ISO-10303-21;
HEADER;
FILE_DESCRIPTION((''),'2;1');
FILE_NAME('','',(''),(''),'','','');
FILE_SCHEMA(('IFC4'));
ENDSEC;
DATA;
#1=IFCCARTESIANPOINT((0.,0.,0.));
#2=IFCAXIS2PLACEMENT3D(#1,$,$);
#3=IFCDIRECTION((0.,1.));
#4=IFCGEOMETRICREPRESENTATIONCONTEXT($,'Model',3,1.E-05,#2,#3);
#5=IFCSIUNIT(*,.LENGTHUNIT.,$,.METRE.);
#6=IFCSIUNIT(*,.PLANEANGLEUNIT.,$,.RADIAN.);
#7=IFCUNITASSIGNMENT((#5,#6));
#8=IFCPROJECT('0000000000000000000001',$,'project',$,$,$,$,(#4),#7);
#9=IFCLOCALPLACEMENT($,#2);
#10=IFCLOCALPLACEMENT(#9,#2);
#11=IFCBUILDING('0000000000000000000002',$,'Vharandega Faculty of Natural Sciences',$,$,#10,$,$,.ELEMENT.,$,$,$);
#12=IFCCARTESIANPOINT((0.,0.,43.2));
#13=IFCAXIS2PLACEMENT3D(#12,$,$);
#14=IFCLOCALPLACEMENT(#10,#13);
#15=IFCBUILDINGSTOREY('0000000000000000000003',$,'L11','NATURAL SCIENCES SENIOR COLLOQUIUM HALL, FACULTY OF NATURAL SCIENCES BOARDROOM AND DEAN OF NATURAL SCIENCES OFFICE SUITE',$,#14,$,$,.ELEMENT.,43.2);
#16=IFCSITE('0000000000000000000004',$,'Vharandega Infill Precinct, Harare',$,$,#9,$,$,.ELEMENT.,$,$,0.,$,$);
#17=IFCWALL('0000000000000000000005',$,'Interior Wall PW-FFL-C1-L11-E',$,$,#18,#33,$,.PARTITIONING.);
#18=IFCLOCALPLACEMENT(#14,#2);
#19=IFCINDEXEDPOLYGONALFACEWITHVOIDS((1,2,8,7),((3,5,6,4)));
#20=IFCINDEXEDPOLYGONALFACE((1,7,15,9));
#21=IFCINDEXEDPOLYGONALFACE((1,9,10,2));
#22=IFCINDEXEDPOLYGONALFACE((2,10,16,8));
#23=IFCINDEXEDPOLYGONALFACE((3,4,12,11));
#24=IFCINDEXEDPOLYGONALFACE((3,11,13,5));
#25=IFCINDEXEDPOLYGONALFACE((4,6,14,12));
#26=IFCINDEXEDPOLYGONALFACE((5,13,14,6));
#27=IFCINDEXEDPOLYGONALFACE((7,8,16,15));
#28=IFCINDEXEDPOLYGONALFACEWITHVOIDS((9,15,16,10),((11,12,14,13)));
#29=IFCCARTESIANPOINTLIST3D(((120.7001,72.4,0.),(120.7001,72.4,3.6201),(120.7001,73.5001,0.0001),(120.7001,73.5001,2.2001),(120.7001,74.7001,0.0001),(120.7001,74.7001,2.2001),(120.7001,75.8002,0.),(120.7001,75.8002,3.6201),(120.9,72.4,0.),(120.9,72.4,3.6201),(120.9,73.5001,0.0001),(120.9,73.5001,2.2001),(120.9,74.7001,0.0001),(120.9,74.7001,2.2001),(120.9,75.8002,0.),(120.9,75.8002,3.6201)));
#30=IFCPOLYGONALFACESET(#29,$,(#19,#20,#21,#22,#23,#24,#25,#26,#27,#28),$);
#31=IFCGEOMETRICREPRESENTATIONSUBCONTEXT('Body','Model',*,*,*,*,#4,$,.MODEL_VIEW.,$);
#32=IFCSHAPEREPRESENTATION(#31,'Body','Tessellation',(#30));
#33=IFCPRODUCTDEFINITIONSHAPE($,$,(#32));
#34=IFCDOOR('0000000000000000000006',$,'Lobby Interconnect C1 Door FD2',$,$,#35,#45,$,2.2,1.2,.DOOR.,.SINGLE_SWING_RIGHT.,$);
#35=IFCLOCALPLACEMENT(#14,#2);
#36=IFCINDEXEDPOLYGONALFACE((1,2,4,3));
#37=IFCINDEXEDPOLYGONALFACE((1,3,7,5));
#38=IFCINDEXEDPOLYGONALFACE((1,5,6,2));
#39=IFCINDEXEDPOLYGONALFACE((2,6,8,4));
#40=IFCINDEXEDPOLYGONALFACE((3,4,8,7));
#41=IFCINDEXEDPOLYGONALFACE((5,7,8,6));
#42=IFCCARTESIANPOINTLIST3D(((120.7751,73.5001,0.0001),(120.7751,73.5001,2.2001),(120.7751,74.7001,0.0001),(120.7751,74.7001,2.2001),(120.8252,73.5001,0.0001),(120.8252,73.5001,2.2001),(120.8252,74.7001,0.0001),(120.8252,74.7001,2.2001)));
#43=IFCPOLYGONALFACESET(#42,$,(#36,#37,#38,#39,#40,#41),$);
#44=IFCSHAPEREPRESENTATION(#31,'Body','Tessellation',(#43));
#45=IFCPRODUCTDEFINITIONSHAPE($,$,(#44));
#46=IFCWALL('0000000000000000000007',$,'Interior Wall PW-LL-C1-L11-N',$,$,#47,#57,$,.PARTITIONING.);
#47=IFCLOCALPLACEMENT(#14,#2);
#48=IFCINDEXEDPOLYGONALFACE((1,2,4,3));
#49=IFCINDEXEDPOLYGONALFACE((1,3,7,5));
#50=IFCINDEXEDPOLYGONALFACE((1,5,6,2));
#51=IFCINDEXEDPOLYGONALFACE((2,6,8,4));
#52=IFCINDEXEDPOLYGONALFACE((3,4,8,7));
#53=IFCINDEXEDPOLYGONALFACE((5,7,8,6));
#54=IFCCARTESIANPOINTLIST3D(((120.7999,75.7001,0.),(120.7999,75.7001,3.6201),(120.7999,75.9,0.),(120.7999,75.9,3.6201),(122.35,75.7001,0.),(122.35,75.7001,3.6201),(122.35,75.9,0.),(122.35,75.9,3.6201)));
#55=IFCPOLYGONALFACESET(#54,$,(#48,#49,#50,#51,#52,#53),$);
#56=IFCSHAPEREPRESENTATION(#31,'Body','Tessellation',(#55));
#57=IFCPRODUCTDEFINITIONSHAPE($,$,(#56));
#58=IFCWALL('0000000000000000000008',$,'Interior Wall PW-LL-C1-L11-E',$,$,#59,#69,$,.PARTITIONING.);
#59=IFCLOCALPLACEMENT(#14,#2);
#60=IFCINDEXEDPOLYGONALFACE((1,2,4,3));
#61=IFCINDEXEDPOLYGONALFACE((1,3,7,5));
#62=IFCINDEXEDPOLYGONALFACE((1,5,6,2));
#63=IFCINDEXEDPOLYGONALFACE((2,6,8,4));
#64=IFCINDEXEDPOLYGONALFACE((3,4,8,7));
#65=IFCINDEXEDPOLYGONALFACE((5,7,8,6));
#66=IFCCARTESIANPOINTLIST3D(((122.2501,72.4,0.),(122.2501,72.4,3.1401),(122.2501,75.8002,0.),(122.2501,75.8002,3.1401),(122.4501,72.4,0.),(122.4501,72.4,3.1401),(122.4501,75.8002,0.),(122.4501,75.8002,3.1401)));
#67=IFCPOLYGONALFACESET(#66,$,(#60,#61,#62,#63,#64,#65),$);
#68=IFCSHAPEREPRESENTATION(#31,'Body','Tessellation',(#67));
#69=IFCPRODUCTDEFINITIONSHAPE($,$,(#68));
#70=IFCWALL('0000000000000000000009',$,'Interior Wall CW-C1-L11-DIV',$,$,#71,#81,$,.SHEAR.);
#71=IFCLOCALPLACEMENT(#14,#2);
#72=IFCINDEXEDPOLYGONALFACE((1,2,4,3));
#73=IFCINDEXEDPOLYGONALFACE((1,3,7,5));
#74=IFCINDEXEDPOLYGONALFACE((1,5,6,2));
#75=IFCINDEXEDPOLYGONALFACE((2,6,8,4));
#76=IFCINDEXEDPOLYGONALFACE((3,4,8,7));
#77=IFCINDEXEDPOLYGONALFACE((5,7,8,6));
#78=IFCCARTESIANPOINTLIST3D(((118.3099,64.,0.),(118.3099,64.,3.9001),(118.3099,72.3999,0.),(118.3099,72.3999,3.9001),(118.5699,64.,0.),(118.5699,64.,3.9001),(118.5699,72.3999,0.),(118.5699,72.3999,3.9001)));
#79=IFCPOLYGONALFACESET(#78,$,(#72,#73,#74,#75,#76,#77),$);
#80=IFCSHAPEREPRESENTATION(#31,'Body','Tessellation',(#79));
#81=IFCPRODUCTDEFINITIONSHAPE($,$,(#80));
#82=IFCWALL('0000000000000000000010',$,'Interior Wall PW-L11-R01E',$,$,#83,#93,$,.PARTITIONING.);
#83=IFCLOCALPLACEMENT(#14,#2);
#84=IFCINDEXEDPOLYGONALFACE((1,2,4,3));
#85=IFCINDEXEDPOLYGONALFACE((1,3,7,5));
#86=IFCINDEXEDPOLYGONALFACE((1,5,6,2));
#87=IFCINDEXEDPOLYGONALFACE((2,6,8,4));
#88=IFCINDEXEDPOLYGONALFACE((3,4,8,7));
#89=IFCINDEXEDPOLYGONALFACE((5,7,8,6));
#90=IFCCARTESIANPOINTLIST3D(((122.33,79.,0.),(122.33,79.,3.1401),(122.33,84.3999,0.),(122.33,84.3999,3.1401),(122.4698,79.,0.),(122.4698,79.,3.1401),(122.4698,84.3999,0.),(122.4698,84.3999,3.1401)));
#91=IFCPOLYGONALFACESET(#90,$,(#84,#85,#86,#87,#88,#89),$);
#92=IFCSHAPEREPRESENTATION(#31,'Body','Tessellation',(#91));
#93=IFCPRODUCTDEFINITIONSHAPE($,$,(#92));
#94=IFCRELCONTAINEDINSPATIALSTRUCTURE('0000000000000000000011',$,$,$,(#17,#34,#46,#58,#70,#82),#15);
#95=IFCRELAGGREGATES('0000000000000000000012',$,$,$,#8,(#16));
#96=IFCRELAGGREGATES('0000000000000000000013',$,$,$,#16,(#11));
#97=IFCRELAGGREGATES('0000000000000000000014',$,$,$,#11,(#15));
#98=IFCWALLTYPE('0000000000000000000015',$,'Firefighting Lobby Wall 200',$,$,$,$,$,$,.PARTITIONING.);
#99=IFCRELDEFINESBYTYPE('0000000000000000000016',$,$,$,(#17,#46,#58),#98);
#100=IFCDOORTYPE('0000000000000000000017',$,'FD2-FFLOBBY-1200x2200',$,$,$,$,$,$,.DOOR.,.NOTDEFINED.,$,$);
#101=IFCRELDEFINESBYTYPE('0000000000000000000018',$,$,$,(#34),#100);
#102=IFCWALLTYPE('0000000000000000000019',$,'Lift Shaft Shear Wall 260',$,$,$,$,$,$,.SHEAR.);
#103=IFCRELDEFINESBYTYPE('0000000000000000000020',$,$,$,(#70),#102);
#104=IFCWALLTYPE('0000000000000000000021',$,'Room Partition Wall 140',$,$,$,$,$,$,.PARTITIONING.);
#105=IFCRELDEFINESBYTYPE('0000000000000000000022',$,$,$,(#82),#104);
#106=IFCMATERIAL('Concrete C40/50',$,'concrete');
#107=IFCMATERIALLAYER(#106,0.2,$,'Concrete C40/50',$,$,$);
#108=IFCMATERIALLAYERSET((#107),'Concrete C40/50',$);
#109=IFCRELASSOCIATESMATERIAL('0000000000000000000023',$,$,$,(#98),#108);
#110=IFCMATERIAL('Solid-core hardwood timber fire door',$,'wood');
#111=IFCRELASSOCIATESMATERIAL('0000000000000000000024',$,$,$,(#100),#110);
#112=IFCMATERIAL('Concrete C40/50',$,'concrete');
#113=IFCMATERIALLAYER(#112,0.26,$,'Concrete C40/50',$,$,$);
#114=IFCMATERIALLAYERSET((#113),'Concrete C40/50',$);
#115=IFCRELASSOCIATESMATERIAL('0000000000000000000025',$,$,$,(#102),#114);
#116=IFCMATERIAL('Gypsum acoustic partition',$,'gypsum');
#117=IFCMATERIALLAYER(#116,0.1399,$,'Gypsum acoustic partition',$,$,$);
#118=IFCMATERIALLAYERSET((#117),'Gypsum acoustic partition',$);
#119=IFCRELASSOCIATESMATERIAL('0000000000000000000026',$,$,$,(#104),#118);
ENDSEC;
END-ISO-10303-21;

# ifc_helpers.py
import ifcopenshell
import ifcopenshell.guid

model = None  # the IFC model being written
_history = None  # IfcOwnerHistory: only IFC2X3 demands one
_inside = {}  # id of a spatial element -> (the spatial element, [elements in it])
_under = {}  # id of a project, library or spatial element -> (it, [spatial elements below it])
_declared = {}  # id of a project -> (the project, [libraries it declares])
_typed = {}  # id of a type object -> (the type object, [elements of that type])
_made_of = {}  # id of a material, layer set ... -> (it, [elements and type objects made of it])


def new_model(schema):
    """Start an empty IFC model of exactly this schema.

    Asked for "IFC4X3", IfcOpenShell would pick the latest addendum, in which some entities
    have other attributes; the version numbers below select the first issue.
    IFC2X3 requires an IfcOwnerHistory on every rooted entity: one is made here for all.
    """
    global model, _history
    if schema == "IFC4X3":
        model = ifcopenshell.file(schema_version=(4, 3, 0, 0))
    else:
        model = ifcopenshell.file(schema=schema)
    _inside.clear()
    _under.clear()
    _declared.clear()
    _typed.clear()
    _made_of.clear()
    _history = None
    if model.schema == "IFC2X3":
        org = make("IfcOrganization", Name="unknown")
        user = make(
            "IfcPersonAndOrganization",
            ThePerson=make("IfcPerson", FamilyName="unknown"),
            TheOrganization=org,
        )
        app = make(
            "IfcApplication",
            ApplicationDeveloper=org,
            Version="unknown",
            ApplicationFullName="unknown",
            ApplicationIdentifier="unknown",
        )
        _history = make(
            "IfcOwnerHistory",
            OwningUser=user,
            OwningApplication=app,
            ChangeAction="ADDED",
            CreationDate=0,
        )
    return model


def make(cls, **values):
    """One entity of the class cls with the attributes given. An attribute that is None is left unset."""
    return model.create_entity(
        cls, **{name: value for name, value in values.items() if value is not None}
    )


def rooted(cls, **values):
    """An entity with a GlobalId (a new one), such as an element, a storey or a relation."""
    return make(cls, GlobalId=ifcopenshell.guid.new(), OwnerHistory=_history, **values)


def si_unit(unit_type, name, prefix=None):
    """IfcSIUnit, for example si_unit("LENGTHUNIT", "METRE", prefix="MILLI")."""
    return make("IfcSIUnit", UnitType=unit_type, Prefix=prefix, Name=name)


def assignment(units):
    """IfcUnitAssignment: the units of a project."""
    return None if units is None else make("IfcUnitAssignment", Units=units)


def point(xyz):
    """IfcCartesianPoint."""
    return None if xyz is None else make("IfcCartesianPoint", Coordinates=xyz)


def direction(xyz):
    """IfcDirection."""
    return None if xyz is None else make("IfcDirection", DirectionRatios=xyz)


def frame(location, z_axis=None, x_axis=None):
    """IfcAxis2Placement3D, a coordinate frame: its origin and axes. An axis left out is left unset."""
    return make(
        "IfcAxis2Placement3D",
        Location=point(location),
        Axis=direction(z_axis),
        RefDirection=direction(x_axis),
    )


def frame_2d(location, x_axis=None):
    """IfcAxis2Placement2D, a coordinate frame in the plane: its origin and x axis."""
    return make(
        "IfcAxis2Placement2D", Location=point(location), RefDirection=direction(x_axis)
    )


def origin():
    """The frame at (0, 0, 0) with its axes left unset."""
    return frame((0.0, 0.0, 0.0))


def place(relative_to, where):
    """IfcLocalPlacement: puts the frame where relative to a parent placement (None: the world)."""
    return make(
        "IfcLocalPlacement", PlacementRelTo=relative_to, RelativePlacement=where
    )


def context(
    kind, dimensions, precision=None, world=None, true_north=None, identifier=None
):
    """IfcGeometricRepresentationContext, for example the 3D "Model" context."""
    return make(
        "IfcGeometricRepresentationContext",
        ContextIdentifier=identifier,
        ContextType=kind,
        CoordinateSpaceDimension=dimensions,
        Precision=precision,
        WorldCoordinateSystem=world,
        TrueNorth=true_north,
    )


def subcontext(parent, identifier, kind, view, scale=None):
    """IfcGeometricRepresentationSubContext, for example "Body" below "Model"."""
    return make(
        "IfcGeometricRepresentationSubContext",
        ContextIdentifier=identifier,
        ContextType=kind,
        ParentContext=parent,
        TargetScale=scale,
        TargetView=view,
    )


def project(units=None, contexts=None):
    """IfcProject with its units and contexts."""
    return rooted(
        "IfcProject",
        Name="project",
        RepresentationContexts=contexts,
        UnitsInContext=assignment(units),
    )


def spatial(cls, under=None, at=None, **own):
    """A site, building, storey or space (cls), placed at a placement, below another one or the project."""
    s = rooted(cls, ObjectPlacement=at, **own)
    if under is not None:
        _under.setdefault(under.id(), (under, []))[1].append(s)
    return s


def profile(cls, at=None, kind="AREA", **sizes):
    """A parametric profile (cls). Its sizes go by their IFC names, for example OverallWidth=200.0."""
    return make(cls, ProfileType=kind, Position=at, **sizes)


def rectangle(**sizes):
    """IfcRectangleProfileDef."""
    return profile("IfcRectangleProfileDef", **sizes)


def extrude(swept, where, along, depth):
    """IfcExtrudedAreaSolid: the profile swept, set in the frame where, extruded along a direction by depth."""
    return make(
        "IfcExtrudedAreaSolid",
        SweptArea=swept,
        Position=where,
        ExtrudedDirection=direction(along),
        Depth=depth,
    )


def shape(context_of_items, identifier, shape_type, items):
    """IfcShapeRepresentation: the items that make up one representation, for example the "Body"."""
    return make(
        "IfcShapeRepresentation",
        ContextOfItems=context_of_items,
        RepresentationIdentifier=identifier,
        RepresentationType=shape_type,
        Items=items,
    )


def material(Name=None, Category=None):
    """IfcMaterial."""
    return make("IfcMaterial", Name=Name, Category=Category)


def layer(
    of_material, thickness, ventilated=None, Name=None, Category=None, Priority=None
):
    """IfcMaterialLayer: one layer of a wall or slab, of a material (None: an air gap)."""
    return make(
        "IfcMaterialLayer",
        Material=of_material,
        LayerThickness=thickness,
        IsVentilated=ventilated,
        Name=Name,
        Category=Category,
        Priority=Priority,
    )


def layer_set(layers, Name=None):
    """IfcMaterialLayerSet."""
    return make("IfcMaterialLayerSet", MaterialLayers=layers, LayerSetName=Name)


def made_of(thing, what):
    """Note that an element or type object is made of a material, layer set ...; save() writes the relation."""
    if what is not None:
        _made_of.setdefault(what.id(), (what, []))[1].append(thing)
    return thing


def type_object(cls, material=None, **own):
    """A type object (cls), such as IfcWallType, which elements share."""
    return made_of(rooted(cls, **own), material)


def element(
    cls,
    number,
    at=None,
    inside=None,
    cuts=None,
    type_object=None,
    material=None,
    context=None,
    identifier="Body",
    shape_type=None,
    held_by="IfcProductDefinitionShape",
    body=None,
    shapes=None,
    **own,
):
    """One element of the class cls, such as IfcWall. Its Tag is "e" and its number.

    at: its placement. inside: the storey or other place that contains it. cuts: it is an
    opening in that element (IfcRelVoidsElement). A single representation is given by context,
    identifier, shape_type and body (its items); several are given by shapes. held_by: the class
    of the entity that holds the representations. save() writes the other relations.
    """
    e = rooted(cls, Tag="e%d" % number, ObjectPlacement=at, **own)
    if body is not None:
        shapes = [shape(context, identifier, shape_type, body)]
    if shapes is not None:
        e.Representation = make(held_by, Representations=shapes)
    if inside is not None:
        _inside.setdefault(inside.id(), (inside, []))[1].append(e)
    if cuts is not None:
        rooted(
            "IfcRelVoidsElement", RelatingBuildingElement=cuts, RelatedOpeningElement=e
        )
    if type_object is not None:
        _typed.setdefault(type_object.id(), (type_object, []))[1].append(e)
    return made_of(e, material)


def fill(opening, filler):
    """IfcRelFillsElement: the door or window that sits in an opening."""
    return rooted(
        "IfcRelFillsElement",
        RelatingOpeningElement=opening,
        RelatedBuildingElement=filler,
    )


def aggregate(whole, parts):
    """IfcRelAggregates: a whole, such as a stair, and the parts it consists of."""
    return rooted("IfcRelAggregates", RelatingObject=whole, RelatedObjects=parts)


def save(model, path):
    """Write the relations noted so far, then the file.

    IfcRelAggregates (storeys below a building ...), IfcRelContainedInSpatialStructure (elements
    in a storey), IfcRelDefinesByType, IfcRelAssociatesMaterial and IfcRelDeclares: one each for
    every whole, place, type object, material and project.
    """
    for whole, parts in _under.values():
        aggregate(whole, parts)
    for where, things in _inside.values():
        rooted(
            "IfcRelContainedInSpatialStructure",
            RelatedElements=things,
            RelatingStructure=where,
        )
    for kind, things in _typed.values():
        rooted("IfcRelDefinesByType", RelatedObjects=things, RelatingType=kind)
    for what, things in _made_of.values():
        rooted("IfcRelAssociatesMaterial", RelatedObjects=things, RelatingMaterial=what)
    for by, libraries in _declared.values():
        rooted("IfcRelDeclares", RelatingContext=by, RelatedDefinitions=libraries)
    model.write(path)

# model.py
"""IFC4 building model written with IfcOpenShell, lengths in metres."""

from ifc_helpers import new_model, si_unit, direction, frame, frame_2d, origin, place, context, subcontext, project, spatial, rectangle, extrude, material, layer, layer_set, type_object, element, fill, save


model = new_model("IFC4")

# Units and contexts
model_context = context("Model", 3, precision=1e-05, world=origin(), true_north=direction((0.0, 1.0)))
body_context = subcontext(model_context, "Body", "Model", "MODEL_VIEW")
ifc_project = project(units=[si_unit("LENGTHUNIT", "METRE"), si_unit("PLANEANGLEUNIT", "RADIAN")], contexts=[model_context])

# Site, building, storey
site_placement = place(None, origin())
site = spatial("IfcSite", under=ifc_project, at=site_placement, Name="Vharandega Infill Precinct, Harare", CompositionType="ELEMENT", RefElevation=0.0)
building_placement = place(site_placement, origin())
building = spatial("IfcBuilding", under=site, at=building_placement, Name="Vharandega Faculty of Natural Sciences", CompositionType="ELEMENT")
storey_placement = place(building_placement, frame((0.0, 0.0, 43.2)))
storey = spatial("IfcBuildingStorey", under=building, at=storey_placement, Name="L11", Description="NATURAL SCIENCES SENIOR COLLOQUIUM HALL, FACULTY OF NATURAL SCIENCES BOARDROOM AND DEAN OF NATURAL SCIENCES OFFICE SUITE", CompositionType="ELEMENT", Elevation=43.2)

# Wall, opening, door
ifc_material_1 = material(Name="Concrete C40/50", Category="concrete")
ifc_layer_1 = layer(ifc_material_1, 0.2, Name="Concrete C40/50")
ifc_layer_set_1 = layer_set([ifc_layer_1], Name="Concrete C40/50")
wall_type_1 = type_object("IfcWallType", Name="Firefighting Lobby Wall 200", PredefinedType="PARTITIONING", material=ifc_layer_set_1)
wall_1_placement = place(storey_placement, frame((120.8, 72.3999, 0.0), z_axis=(0.0, 0.0, 1.0), x_axis=(0.0, 1.0, 0.0)))
wall_1 = element("IfcWall", 1, at=wall_1_placement, inside=storey, type_object=wall_type_1, Name="Interior Wall PW-FFL-C1-L11-E", PredefinedType="PARTITIONING", context=body_context, shape_type="SweptSolid", body=[
    extrude(rectangle(XDim=3.4001, YDim=0.2, at=frame_2d((1.7002, 0.0))), origin(), (0.0, 0.0, 1.0), 3.6201),
])
opening_placement = place(wall_1_placement, frame((1.1001, 0.0, 0.0)))
opening = element("IfcOpeningElement", 2, at=opening_placement, cuts=wall_1, PredefinedType="OPENING", context=body_context, shape_type="SweptSolid", body=[
    extrude(rectangle(XDim=1.2, YDim=2.2, at=frame_2d((0.6001, 1.1001))), frame((0.0, 0.1099, 0.0), z_axis=(0.0, -1.0, 0.0), x_axis=(1.0, 0.0, 0.0)), (0.0, 0.0, 1.0), 0.22),
])
ifc_material_2 = material(Name="Solid-core hardwood timber fire door", Category="wood")
door_type = type_object("IfcDoorType", Name="FD2-FFLOBBY-1200x2200", OperationType="NOTDEFINED", PredefinedType="DOOR", material=ifc_material_2)
door_placement = place(opening_placement, origin())
door = element("IfcDoor", 3, at=door_placement, inside=storey, type_object=door_type, Name="Lobby Interconnect C1 Door FD2", OperationType="SINGLE_SWING_RIGHT", OverallHeight=2.2, OverallWidth=1.2, PredefinedType="DOOR", context=body_context, shape_type="SweptSolid", body=[
    extrude(rectangle(XDim=1.2, YDim=2.2, at=frame_2d((0.6001, 1.1001))), frame((0.0, 0.0249, 0.0), z_axis=(0.0, -1.0, 0.0), x_axis=(1.0, 0.0, 0.0)), (0.0, 0.0, 1.0), 0.05),
])
fill(opening, door)

# Walls
wall_2_placement = place(storey_placement, frame((120.8, 75.8, 0.0), z_axis=(0.0, 0.0, 1.0), x_axis=(1.0, 0.0, 0.0)))
element("IfcWall", 4, at=wall_2_placement, inside=storey, type_object=wall_type_1, Name="Interior Wall PW-LL-C1-L11-N", PredefinedType="PARTITIONING", context=body_context, shape_type="SweptSolid", body=[
    extrude(rectangle(XDim=1.55, YDim=0.2, at=frame_2d((0.7749, 0.0))), origin(), (0.0, 0.0, 1.0), 3.6201),
])
wall_3_placement = place(storey_placement, frame((122.3501, 72.3999, 0.0), z_axis=(0.0, 0.0, 1.0), x_axis=(0.0, 1.0, 0.0)))
element("IfcWall", 5, at=wall_3_placement, inside=storey, type_object=wall_type_1, Name="Interior Wall PW-LL-C1-L11-E", PredefinedType="PARTITIONING", context=body_context, shape_type="SweptSolid", body=[
    extrude(rectangle(XDim=3.4001, YDim=0.2, at=frame_2d((1.7002, 0.0))), origin(), (0.0, 0.0, 1.0), 3.1401),
])
ifc_material_3 = material(Name="Concrete C40/50", Category="concrete")
ifc_layer_2 = layer(ifc_material_3, 0.26, Name="Concrete C40/50")
ifc_layer_set_2 = layer_set([ifc_layer_2], Name="Concrete C40/50")
wall_type_2 = type_object("IfcWallType", Name="Lift Shaft Shear Wall 260", PredefinedType="SHEAR", material=ifc_layer_set_2)
wall_4_placement = place(storey_placement, frame((118.4399, 64.0, 0.0), z_axis=(0.0, 0.0, 1.0), x_axis=(0.0, 1.0, 0.0)))
element("IfcWall", 6, at=wall_4_placement, inside=storey, type_object=wall_type_2, Name="Interior Wall CW-C1-L11-DIV", PredefinedType="SHEAR", context=body_context, shape_type="SweptSolid", body=[
    extrude(rectangle(XDim=8.3999, YDim=0.26, at=frame_2d((4.2, 0.0))), origin(), (0.0, 0.0, 1.0), 3.9001),
])
ifc_material_4 = material(Name="Gypsum acoustic partition", Category="gypsum")
ifc_layer_3 = layer(ifc_material_4, 0.1399, Name="Gypsum acoustic partition")
ifc_layer_set_3 = layer_set([ifc_layer_3], Name="Gypsum acoustic partition")
wall_type_3 = type_object("IfcWallType", Name="Room Partition Wall 140", PredefinedType="PARTITIONING", material=ifc_layer_set_3)
wall_5_placement = place(storey_placement, frame((122.3999, 79.0, 0.0), z_axis=(0.0, 0.0, 1.0), x_axis=(0.0, 1.0, 0.0)))
element("IfcWall", 7, at=wall_5_placement, inside=storey, type_object=wall_type_3, Name="Interior Wall PW-L11-R01E", PredefinedType="PARTITIONING", context=body_context, shape_type="SweptSolid", body=[
    extrude(rectangle(XDim=5.3999, YDim=0.1399, at=frame_2d((2.7, 0.0))), origin(), (0.0, 0.0, 1.0), 3.1401),
])

save(model, "model.ifc")
